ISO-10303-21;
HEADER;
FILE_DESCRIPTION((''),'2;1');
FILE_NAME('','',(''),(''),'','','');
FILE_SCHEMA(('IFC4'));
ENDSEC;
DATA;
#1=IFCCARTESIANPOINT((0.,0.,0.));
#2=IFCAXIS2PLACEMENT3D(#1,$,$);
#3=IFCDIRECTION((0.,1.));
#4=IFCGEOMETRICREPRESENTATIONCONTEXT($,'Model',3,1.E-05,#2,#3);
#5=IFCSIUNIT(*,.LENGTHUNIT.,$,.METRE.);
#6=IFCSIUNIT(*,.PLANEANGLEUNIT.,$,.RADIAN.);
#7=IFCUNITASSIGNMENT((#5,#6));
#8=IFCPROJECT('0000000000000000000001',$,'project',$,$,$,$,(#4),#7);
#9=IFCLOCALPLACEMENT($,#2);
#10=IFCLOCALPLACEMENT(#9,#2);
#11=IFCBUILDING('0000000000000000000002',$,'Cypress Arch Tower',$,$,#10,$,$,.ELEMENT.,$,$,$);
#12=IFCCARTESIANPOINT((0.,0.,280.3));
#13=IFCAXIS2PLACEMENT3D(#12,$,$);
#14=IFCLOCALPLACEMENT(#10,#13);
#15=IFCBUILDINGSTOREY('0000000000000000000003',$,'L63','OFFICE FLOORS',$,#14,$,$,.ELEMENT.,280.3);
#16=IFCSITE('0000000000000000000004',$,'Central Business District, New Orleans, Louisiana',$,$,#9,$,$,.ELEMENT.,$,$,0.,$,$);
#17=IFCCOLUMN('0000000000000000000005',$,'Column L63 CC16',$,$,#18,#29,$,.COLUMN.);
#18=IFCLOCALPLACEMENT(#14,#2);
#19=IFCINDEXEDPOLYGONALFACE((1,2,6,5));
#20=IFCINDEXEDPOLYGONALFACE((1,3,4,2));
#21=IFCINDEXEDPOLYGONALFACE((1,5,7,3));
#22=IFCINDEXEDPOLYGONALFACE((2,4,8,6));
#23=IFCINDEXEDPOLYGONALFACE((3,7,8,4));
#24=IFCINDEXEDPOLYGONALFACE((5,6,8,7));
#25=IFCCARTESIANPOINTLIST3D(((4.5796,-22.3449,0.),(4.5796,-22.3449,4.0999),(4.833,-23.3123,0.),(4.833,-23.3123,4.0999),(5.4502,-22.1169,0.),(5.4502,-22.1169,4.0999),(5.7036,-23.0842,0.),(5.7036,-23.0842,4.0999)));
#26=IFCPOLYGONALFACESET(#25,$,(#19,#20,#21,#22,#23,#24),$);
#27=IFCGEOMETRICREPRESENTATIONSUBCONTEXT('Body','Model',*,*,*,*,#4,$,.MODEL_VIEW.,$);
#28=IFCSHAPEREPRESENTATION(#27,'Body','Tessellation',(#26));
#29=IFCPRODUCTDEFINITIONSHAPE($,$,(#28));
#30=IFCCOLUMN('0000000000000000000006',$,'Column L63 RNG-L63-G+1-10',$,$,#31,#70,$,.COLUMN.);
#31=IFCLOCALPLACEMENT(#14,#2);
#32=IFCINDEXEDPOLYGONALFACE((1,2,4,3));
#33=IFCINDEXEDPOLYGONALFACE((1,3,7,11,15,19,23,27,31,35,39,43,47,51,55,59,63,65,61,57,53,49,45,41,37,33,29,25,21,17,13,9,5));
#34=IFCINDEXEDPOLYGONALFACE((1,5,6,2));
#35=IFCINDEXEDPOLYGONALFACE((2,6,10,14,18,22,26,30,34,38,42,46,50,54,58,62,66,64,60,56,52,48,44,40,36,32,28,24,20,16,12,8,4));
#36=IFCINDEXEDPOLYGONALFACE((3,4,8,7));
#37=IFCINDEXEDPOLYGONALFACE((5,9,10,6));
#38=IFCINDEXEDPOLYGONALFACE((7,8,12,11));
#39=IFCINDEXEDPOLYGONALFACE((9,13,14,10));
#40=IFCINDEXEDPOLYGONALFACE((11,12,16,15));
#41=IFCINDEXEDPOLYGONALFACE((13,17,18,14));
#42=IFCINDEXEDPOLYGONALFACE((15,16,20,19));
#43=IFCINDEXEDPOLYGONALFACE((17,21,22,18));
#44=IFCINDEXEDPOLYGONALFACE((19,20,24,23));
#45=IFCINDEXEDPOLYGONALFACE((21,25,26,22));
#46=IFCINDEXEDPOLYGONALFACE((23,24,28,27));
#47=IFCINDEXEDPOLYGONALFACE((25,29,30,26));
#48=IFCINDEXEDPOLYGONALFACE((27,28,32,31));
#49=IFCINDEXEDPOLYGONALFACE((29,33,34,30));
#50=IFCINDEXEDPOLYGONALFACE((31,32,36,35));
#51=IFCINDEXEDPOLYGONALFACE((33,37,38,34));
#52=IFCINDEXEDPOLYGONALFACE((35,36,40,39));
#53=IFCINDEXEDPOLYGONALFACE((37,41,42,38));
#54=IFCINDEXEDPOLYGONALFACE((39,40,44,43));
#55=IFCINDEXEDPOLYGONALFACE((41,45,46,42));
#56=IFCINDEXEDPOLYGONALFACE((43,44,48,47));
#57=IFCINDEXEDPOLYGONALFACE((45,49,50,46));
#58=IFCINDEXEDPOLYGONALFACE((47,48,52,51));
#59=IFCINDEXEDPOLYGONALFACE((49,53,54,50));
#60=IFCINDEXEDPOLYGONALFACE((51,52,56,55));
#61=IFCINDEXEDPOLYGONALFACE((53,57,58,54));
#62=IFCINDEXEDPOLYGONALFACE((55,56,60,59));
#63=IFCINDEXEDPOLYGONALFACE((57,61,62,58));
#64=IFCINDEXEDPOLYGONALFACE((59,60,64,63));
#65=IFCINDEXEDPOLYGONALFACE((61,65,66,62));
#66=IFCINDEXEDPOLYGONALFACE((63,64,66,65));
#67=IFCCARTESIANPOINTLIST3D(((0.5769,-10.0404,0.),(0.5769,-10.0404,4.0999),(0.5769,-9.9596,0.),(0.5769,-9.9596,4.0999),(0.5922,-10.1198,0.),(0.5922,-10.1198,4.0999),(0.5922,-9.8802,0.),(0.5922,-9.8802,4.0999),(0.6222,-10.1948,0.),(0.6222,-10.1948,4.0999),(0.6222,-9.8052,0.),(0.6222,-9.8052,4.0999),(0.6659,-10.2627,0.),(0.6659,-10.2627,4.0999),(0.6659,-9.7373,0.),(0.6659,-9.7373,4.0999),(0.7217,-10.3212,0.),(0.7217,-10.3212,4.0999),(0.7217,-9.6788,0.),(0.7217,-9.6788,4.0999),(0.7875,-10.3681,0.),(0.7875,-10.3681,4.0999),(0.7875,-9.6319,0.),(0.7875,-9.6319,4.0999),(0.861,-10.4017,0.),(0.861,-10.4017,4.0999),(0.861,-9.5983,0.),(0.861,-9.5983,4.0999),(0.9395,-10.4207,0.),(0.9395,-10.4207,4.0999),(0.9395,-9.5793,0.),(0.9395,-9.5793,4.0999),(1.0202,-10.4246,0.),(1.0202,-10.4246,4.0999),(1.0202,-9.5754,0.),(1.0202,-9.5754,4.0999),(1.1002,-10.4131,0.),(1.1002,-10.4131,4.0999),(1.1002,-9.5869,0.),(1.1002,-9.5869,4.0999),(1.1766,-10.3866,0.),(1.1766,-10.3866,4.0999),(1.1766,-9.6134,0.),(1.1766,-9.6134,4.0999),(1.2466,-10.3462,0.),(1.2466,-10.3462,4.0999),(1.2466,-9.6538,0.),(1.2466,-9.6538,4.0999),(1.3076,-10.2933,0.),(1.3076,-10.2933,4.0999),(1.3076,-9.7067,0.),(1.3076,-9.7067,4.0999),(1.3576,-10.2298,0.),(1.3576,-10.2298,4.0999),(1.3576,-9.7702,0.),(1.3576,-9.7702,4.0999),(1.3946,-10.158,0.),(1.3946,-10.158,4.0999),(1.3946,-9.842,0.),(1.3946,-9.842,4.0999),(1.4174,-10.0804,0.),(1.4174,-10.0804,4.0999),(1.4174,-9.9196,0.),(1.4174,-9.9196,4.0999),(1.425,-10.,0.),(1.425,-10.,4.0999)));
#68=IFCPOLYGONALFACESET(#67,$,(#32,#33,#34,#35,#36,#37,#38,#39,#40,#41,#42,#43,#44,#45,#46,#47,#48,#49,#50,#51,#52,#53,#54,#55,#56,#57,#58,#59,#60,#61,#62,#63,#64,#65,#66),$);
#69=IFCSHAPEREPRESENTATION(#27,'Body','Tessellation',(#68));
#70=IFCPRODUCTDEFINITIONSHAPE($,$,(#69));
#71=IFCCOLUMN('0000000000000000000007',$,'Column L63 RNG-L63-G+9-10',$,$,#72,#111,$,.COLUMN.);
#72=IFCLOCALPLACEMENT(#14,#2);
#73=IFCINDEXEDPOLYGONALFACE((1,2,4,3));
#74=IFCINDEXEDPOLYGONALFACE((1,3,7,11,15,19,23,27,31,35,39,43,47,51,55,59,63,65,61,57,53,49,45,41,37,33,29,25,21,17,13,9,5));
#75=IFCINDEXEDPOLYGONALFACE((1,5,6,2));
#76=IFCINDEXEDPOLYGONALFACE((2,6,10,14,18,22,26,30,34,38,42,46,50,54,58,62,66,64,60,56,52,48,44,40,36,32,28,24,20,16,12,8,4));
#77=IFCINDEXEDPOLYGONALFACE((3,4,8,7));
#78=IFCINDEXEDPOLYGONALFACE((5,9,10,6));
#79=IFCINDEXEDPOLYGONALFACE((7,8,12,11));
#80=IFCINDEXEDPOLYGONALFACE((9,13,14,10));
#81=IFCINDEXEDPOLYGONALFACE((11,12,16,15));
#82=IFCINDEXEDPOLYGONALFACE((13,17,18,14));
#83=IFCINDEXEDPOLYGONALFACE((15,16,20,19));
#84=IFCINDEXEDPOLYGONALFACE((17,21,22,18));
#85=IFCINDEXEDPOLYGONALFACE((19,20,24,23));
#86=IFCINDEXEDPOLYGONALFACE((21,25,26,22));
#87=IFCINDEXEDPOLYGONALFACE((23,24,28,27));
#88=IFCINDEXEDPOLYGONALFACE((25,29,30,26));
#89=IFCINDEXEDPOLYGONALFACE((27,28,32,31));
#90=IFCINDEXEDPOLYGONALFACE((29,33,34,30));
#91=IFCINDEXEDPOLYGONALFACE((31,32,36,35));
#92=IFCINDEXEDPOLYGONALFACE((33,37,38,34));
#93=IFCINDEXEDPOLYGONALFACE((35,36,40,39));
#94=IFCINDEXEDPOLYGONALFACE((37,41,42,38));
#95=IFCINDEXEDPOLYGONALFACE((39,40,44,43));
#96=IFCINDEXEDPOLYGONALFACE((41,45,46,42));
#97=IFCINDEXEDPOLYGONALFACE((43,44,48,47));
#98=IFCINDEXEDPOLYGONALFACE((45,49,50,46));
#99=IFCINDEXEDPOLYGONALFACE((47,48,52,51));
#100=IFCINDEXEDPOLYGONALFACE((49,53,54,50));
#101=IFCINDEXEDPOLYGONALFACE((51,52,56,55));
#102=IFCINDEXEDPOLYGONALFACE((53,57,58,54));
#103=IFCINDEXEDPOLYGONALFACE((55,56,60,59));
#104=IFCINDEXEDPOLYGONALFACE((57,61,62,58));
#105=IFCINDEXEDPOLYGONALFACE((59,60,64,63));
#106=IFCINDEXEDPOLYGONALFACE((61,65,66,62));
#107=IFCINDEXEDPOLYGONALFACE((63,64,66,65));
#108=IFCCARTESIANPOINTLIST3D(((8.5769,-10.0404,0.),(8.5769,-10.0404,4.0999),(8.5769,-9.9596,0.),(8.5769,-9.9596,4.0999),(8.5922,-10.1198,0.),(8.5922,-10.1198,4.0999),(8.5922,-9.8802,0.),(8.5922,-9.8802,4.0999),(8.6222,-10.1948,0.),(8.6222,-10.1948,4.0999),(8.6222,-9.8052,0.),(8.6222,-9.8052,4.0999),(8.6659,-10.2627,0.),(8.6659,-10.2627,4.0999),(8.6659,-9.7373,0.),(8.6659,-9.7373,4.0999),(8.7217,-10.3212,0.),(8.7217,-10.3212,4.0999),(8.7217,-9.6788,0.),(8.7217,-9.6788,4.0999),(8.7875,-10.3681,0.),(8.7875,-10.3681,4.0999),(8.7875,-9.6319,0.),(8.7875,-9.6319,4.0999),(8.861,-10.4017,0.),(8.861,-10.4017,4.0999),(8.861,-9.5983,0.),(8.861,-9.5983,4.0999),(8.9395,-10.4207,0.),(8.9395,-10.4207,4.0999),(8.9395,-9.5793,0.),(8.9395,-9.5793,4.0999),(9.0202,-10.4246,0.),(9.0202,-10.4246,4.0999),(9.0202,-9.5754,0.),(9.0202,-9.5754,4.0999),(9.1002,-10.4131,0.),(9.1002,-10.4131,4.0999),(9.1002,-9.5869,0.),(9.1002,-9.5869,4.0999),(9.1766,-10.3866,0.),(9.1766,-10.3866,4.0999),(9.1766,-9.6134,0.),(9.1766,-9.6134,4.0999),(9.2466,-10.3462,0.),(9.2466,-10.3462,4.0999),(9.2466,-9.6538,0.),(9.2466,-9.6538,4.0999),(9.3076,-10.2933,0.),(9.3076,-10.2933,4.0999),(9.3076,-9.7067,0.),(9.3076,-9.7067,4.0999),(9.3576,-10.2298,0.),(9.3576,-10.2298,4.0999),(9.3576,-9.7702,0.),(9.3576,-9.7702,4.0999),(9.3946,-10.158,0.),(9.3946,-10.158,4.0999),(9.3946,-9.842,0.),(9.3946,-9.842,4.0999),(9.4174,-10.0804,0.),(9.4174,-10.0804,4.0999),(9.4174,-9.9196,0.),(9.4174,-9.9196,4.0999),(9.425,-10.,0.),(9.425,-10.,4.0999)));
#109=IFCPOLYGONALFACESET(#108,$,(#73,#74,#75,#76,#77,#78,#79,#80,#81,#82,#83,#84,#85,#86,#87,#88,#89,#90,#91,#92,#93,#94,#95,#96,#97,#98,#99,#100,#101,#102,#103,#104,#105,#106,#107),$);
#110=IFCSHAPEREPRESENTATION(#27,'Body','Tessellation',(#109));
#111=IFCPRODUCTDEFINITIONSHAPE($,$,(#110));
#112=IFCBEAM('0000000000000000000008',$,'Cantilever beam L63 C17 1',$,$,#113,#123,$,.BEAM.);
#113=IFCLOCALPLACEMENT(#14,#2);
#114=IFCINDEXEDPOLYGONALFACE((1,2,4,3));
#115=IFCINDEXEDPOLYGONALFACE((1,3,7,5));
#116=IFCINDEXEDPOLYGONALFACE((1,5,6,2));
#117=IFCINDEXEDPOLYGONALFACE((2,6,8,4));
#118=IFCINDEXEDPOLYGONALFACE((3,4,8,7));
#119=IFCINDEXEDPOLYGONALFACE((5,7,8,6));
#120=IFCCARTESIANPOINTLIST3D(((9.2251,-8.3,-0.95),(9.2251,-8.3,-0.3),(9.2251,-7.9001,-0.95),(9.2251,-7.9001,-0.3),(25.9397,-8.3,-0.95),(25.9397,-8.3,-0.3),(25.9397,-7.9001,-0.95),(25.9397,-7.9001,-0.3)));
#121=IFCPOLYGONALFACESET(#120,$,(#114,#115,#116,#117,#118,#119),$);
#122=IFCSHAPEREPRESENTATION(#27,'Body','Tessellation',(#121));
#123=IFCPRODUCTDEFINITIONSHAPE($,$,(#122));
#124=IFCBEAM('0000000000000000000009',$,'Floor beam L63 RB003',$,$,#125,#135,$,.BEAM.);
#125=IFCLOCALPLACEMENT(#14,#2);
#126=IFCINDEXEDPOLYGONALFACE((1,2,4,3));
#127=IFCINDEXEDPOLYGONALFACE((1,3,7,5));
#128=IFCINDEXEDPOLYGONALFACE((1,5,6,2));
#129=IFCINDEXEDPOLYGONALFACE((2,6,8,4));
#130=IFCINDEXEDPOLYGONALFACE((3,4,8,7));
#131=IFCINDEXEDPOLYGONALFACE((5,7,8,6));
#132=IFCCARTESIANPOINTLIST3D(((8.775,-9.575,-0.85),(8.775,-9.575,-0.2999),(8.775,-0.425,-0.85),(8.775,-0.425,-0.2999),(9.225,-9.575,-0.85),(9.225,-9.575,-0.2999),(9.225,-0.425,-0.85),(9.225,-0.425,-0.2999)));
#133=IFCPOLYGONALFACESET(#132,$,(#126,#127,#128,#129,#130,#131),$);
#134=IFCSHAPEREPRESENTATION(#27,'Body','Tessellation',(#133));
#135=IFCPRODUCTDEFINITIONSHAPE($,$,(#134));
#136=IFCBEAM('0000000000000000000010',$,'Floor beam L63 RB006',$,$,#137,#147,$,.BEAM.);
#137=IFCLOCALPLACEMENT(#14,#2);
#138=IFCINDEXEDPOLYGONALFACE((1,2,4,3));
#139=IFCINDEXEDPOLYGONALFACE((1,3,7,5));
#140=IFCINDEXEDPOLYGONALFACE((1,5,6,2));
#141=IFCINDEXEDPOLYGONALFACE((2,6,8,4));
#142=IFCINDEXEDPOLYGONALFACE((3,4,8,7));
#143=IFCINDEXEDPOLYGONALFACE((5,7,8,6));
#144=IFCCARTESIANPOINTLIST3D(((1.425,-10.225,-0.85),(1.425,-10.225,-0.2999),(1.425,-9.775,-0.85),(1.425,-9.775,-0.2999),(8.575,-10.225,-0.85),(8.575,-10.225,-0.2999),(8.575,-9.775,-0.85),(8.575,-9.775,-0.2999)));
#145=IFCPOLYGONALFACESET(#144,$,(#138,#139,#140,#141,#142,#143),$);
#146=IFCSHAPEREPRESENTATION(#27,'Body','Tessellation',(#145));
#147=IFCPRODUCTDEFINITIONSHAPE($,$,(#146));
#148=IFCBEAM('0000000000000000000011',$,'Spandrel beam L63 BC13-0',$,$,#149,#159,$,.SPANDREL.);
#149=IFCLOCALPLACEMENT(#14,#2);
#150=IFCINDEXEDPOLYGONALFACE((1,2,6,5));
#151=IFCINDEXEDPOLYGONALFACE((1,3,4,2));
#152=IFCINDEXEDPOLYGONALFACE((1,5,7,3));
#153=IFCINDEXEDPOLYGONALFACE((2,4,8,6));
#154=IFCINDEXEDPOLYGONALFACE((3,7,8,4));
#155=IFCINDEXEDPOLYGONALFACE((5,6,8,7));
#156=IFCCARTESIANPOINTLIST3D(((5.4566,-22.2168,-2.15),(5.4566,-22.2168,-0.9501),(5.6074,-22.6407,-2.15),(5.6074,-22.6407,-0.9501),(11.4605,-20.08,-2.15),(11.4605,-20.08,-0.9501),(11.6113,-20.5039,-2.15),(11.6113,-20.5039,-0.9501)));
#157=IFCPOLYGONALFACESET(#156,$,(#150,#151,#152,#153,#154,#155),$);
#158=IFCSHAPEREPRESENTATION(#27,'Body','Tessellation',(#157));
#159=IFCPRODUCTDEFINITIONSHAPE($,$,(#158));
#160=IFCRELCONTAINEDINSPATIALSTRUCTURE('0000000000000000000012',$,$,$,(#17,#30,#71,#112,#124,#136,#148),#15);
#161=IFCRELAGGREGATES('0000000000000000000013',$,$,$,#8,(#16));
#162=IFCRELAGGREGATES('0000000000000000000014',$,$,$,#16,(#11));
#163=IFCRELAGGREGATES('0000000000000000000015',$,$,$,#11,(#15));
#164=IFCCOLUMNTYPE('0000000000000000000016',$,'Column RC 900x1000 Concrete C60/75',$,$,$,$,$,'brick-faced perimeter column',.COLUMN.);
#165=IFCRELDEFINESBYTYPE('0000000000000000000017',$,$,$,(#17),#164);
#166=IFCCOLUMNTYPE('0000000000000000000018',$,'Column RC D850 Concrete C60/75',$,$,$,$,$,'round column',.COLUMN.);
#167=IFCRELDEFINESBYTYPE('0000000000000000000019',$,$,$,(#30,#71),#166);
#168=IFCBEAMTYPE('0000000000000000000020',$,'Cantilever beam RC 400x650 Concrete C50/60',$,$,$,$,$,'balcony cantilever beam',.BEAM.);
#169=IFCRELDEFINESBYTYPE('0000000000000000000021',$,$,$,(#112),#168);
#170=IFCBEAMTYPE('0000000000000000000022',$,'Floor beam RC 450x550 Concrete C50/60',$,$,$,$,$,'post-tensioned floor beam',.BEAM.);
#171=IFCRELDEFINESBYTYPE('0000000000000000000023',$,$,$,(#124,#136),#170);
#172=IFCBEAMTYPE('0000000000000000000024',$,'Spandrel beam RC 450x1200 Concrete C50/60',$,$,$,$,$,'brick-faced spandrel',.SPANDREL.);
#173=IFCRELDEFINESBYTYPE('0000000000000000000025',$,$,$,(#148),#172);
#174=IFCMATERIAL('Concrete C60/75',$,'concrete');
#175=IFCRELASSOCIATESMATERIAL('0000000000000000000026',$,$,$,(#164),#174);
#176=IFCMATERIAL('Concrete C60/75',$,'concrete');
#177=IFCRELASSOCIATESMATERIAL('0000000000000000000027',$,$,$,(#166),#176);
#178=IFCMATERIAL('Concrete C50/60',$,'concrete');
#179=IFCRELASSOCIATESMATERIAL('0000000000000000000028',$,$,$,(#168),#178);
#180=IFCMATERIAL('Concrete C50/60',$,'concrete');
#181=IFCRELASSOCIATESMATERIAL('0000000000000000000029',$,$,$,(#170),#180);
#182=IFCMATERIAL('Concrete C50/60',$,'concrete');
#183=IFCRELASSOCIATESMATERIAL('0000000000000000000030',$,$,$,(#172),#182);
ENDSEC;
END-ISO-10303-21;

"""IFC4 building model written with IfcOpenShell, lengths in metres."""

from ifc_helpers import new_model, si_unit, direction, frame, origin, origin_2d, place, context, subcontext, project, spatial, rectangle, circle, extrude, material, material_profile, profile_set, type_object, element, save


model = new_model("IFC4")

# Units and contexts
model_context = context("Model", 3, precision=1e-05, world=origin(), true_north=direction((0.0, 1.0)))
body_context = subcontext(model_context, "Body", "Model", "MODEL_VIEW")
ifc_project = project(units=[si_unit("LENGTHUNIT", "METRE"), si_unit("PLANEANGLEUNIT", "RADIAN")], contexts=[model_context])

# Site, building, storey
site_placement = place(None, origin())
site = spatial("IfcSite", under=ifc_project, at=site_placement, Name="Central Business District, New Orleans, Louisiana", CompositionType="ELEMENT", RefElevation=0.0)
building_placement = place(site_placement, origin())
building = spatial("IfcBuilding", under=site, at=building_placement, Name="Cypress Arch Tower", CompositionType="ELEMENT")
storey_placement = place(building_placement, frame((0.0, 0.0, 280.3)))
storey = spatial("IfcBuildingStorey", under=building, at=storey_placement, Name="L63", Description="OFFICE FLOORS", CompositionType="ELEMENT", Elevation=280.3)

# Columns
ifc_material_1 = material(Name="Concrete C60/75", Category="concrete")
ifc_material_profile_1 = material_profile(ifc_material_1, rectangle(XDim=0.8999, YDim=1.0, at=origin_2d()), Name="RC 900x1000")
ifc_profile_set_1 = profile_set([ifc_material_profile_1], Name="Concrete C60/75")
column_type_1 = type_object("IfcColumnType", Name="Column RC 900x1000 Concrete C60/75", ElementType="brick-faced perimeter column", PredefinedType="COLUMN", material=ifc_profile_set_1)
column_placement = place(storey_placement, frame((5.1416, -22.7146, 0.0), z_axis=(0.0, 0.0, 1.0), x_axis=(0.967356, 0.253422, 0.0)))
element("IfcColumn", 1, at=column_placement, inside=storey, type_object=column_type_1, Name="Column L63 CC16", PredefinedType="COLUMN", context=body_context, shape_type="SweptSolid", body=[
    extrude(rectangle(XDim=0.8999, YDim=1.0, at=origin_2d()), origin(), (0.0, 0.0, 1.0), 4.0999),
])
ifc_material_2 = material(Name="Concrete C60/75", Category="concrete")
ifc_material_profile_2 = material_profile(ifc_material_2, circle(Radius=0.425, at=origin_2d()), Name="RC D850")
ifc_profile_set_2 = profile_set([ifc_material_profile_2], Name="Concrete C60/75")
column_type_2 = type_object("IfcColumnType", Name="Column RC D850 Concrete C60/75", ElementType="round column", PredefinedType="COLUMN", material=ifc_profile_set_2)
for number, where, z_axis, x_axis, name in (
    (2, (1.0, -10.0, 0.0), (0.0, 0.0, 1.0), (1.0, 0.0, 0.0), "Column L63 RNG-L63-G+1-10"),
    (3, (9.0, -10.0, 0.0), (0.0, 0.0, 1.0), (1.0, 0.0, 0.0), "Column L63 RNG-L63-G+9-10"),
):
    element("IfcColumn", number, at=place(storey_placement, frame(where, z_axis=z_axis, x_axis=x_axis)), inside=storey, type_object=column_type_2, Name=name, PredefinedType="COLUMN", context=body_context, shape_type="SweptSolid", body=[
        extrude(circle(Radius=0.425, at=origin_2d()), origin(), (0.0, 0.0, 1.0), 4.0999),
    ])

# Beams
ifc_material_3 = material(Name="Concrete C50/60", Category="concrete")
ifc_material_profile_3 = material_profile(ifc_material_3, rectangle(XDim=0.3999, YDim=0.6499, at=origin_2d()), Name="RC 400x650")
ifc_profile_set_3 = profile_set([ifc_material_profile_3], Name="Concrete C50/60")
beam_type_1 = type_object("IfcBeamType", Name="Cantilever beam RC 400x650 Concrete C50/60", ElementType="balcony cantilever beam", PredefinedType="BEAM", material=ifc_profile_set_3)
beam_1_placement = place(storey_placement, frame((9.2251, -8.1001, -0.625), z_axis=(1.0, 0.0, 0.0), x_axis=(0.0, 1.0, 0.0)))
element("IfcBeam", 4, at=beam_1_placement, inside=storey, type_object=beam_type_1, Name="Cantilever beam L63 C17 1", PredefinedType="BEAM", context=body_context, shape_type="SweptSolid", body=[
    extrude(rectangle(XDim=0.3999, YDim=0.6499, at=origin_2d()), origin(), (0.0, 0.0, 1.0), 16.7146),
])
ifc_material_4 = material(Name="Concrete C50/60", Category="concrete")
ifc_material_profile_4 = material_profile(ifc_material_4, rectangle(XDim=0.45, YDim=0.55, at=origin_2d()), Name="RC 450x550")
ifc_profile_set_4 = profile_set([ifc_material_profile_4], Name="Concrete C50/60")
beam_type_2 = type_object("IfcBeamType", Name="Floor beam RC 450x550 Concrete C50/60", ElementType="post-tensioned floor beam", PredefinedType="BEAM", material=ifc_profile_set_4)
beam_2_placement = place(storey_placement, frame((9.0, -9.575, -0.575), z_axis=(0.0, 1.0, 0.0), x_axis=(-1.0, 0.0, 0.0)))
element("IfcBeam", 5, at=beam_2_placement, inside=storey, type_object=beam_type_2, Name="Floor beam L63 RB003", PredefinedType="BEAM", context=body_context, shape_type="SweptSolid", body=[
    extrude(rectangle(XDim=0.45, YDim=0.55, at=origin_2d()), origin(), (0.0, 0.0, 1.0), 9.1499),
])
beam_3_placement = place(storey_placement, frame((1.425, -10.0, -0.575), z_axis=(1.0, 0.0, 0.0), x_axis=(0.0, 1.0, 0.0)))
element("IfcBeam", 6, at=beam_3_placement, inside=storey, type_object=beam_type_2, Name="Floor beam L63 RB006", PredefinedType="BEAM", context=body_context, shape_type="SweptSolid", body=[
    extrude(rectangle(XDim=0.45, YDim=0.55, at=origin_2d()), origin(), (0.0, 0.0, 1.0), 7.1499),
])
ifc_material_5 = material(Name="Concrete C50/60", Category="concrete")
ifc_material_profile_5 = material_profile(ifc_material_5, rectangle(XDim=0.45, YDim=1.2, at=origin_2d()), Name="RC 450x1200")
ifc_profile_set_5 = profile_set([ifc_material_profile_5], Name="Concrete C50/60")
beam_type_3 = type_object("IfcBeamType", Name="Spandrel beam RC 450x1200 Concrete C50/60", ElementType="brick-faced spandrel", PredefinedType="SPANDREL", material=ifc_profile_set_5)
beam_4_placement = place(storey_placement, frame((5.532, -22.4287, -1.55), z_axis=(0.942116, 0.335288, 0.0), x_axis=(-0.335288, 0.942116, 0.0)))
element("IfcBeam", 7, at=beam_4_placement, inside=storey, type_object=beam_type_3, Name="Spandrel beam L63 BC13-0", PredefinedType="SPANDREL", context=body_context, shape_type="SweptSolid", body=[
    extrude(rectangle(XDim=0.45, YDim=1.2, at=origin_2d()), origin(), (0.0, 0.0, 1.0), 6.3728),
])

save(model, "model.ifc")
